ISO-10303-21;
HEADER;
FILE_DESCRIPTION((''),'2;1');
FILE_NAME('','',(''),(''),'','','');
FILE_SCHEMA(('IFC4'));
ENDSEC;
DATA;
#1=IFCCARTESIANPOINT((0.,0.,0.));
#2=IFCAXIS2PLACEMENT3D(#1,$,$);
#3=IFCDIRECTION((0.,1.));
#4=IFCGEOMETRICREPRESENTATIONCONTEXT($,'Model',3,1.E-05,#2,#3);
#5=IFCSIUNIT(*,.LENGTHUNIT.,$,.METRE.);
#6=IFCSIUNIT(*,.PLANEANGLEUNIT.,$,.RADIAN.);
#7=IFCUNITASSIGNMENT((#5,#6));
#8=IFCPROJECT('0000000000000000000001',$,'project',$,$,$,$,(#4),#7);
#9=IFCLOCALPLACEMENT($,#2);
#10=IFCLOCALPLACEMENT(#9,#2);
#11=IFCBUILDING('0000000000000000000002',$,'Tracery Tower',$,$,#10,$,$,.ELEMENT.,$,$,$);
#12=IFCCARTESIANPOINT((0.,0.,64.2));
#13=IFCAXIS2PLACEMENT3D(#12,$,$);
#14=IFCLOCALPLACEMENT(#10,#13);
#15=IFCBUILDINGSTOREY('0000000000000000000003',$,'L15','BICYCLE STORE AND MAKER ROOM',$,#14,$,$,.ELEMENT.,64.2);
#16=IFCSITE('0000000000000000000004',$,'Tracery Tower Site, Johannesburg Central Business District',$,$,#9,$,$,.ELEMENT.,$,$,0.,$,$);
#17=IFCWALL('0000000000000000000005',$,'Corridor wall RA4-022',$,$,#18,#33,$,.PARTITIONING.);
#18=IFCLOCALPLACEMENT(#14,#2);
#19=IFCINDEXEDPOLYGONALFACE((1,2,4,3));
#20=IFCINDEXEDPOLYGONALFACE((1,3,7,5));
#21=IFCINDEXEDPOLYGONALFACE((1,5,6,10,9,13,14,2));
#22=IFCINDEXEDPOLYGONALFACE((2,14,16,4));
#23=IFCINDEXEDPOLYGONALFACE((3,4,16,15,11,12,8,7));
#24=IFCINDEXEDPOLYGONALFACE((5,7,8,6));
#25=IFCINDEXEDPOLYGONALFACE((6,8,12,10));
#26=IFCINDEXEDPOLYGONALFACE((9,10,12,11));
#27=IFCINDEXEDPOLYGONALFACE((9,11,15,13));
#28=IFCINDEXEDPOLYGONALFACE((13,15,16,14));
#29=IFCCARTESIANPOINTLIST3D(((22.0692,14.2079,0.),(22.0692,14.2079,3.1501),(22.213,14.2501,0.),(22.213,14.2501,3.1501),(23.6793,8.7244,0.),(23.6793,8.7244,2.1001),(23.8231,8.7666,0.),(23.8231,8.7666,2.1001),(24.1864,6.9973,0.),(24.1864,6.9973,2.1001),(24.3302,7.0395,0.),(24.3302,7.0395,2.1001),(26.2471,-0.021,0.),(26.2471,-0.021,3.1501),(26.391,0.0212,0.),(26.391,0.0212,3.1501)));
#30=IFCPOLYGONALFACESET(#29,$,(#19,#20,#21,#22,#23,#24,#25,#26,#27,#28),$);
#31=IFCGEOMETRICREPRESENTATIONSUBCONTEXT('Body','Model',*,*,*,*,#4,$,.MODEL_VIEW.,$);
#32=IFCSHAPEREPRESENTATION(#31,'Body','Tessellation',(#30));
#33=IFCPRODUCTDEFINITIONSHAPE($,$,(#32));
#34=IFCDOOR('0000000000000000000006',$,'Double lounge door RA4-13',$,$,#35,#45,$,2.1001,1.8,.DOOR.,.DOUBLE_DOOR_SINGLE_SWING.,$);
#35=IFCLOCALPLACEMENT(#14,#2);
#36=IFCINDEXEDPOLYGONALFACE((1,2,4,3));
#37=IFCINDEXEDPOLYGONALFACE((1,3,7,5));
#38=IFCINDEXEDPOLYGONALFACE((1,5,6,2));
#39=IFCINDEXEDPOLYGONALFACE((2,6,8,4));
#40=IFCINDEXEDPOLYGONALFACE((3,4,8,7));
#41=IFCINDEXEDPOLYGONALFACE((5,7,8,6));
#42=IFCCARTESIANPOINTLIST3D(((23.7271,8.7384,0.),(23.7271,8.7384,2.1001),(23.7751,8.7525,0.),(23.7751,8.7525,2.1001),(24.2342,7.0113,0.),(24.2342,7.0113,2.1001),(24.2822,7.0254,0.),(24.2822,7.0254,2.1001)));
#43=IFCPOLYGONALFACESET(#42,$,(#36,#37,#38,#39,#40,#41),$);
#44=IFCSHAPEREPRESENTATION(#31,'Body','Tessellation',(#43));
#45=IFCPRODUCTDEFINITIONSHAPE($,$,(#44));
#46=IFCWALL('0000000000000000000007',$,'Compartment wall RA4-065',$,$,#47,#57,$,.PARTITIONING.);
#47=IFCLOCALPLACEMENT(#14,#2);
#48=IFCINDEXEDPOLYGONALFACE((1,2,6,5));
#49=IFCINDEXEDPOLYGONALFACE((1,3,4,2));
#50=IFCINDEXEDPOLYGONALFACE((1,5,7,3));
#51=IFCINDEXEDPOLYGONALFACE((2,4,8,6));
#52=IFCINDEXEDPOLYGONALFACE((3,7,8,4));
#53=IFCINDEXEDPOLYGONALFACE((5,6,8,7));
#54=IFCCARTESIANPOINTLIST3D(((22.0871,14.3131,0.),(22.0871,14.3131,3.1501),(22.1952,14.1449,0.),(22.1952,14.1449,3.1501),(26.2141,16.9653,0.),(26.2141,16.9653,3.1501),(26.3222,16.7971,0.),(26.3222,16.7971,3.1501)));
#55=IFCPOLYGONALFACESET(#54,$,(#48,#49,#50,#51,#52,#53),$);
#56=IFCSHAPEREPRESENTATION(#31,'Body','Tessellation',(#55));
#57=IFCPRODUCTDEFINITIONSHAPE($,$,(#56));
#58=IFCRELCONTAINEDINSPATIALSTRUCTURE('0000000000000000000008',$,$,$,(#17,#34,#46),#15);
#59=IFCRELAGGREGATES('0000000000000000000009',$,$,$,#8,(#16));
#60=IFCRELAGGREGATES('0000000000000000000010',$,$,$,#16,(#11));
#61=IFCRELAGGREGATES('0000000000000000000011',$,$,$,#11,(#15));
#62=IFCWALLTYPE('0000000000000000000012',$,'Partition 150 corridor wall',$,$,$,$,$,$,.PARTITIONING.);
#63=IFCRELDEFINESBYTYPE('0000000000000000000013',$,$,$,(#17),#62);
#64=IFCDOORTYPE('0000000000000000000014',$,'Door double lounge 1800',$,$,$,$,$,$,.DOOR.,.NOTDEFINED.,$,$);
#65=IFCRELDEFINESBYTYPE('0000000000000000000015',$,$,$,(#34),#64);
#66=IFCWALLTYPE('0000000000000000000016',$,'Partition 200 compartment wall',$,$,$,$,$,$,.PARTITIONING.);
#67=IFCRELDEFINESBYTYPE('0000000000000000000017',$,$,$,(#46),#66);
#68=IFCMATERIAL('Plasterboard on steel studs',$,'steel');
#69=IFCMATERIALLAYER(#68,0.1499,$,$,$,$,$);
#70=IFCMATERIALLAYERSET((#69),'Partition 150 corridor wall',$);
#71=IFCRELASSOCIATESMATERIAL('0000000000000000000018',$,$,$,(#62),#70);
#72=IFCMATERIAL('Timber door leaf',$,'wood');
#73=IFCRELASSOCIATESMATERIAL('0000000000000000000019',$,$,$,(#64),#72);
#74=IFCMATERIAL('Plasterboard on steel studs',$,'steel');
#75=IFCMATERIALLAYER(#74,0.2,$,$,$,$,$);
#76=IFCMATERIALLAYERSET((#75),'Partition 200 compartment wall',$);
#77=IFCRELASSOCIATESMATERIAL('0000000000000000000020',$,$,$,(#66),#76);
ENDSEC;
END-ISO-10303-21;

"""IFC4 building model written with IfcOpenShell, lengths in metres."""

from ifc_helpers import new_model, si_unit, direction, frame, frame_2d, origin, place, context, subcontext, project, spatial, rectangle, extrude, material, layer, layer_set, type_object, element, fill, save


model = new_model("IFC4")

# Units and contexts
model_context = context("Model", 3, precision=1e-05, world=origin(), true_north=direction((0.0, 1.0)))
body_context = subcontext(model_context, "Body", "Model", "MODEL_VIEW")
ifc_project = project(units=[si_unit("LENGTHUNIT", "METRE"), si_unit("PLANEANGLEUNIT", "RADIAN")], contexts=[model_context])

# Site, building, storey
site_placement = place(None, origin())
site = spatial("IfcSite", under=ifc_project, at=site_placement, Name="Tracery Tower Site, Johannesburg Central Business District", CompositionType="ELEMENT", RefElevation=0.0)
building_placement = place(site_placement, origin())
building = spatial("IfcBuilding", under=site, at=building_placement, Name="Tracery Tower", CompositionType="ELEMENT")
storey_placement = place(building_placement, frame((0.0, 0.0, 64.2)))
storey = spatial("IfcBuildingStorey", under=building, at=storey_placement, Name="L15", Description="BICYCLE STORE AND MAKER ROOM", CompositionType="ELEMENT", Elevation=64.2)

# Wall, opening, door
ifc_material_1 = material(Name="Plasterboard on steel studs", Category="steel")
ifc_layer_1 = layer(ifc_material_1, 0.1499)
ifc_layer_set_1 = layer_set([ifc_layer_1], Name="Partition 150 corridor wall")
wall_type_1 = type_object("IfcWallType", Name="Partition 150 corridor wall", PredefinedType="PARTITIONING", material=ifc_layer_set_1)
wall_1_placement = place(storey_placement, frame((22.1411, 14.229, 0.0), z_axis=(0.0, 0.0, 1.0), x_axis=(0.28173, -0.959494, 0.0)))
wall_1 = element("IfcWall", 1, at=wall_1_placement, inside=storey, type_object=wall_type_1, Name="Corridor wall RA4-022", PredefinedType="PARTITIONING", context=body_context, shape_type="SweptSolid", body=[
    extrude(rectangle(XDim=14.8296, YDim=0.1499, at=frame_2d((7.4148, 0.0))), origin(), (0.0, 0.0, 1.0), 3.1501),
])
opening_1_placement = place(wall_1_placement, frame((5.7151, 0.0, 0.0)))
opening_1 = element("IfcOpeningElement", 2, at=opening_1_placement, cuts=wall_1, PredefinedType="OPENING", context=body_context, shape_type="SweptSolid", body=[
    extrude(rectangle(XDim=1.8, YDim=2.1001, at=frame_2d((0.8999, 1.05))), frame((0.0, 0.075, 0.0), z_axis=(0.0, -1.0, 0.0), x_axis=(1.0, 0.0, 0.0)), (0.0, 0.0, 1.0), 0.1499),
])
ifc_material_2 = material(Name="Timber door leaf", Category="wood")
door_type_1 = type_object("IfcDoorType", Name="Door double lounge 1800", OperationType="NOTDEFINED", PredefinedType="DOOR", material=ifc_material_2)
door_1_placement = place(opening_1_placement, origin())
door_1 = element("IfcDoor", 3, at=door_1_placement, inside=storey, type_object=door_type_1, Name="Double lounge door RA4-13", OperationType="DOUBLE_DOOR_SINGLE_SWING", OverallHeight=2.1001, OverallWidth=1.8, PredefinedType="DOOR", context=body_context, shape_type="SweptSolid", body=[
    extrude(rectangle(XDim=1.8, YDim=2.1001, at=frame_2d((0.8999, 1.05))), frame((0.0, 0.0249, 0.0), z_axis=(0.0, -1.0, 0.0), x_axis=(1.0, 0.0, 0.0)), (0.0, 0.0, 1.0), 0.05),
])
fill(opening_1, door_1)

# Wall
ifc_material_3 = material(Name="Plasterboard on steel studs", Category="steel")
ifc_layer_2 = layer(ifc_material_3, 0.2)
ifc_layer_set_2 = layer_set([ifc_layer_2], Name="Partition 200 compartment wall")
wall_type_2 = type_object("IfcWallType", Name="Partition 200 compartment wall", PredefinedType="PARTITIONING", material=ifc_layer_set_2)
wall_2_placement = place(storey_placement, frame((22.1411, 14.229, 0.0), z_axis=(0.0, 0.0, 1.0), x_axis=(0.841266, 0.540622, 0.0)))
element("IfcWall", 4, at=wall_2_placement, inside=storey, type_object=wall_type_2, Name="Compartment wall RA4-065", PredefinedType="PARTITIONING", context=body_context, shape_type="SweptSolid", body=[
    extrude(rectangle(XDim=4.9058, YDim=0.2, at=frame_2d((2.4529, 0.0))), origin(), (0.0, 0.0, 1.0), 3.1501),
])

save(model, "model.ifc")
